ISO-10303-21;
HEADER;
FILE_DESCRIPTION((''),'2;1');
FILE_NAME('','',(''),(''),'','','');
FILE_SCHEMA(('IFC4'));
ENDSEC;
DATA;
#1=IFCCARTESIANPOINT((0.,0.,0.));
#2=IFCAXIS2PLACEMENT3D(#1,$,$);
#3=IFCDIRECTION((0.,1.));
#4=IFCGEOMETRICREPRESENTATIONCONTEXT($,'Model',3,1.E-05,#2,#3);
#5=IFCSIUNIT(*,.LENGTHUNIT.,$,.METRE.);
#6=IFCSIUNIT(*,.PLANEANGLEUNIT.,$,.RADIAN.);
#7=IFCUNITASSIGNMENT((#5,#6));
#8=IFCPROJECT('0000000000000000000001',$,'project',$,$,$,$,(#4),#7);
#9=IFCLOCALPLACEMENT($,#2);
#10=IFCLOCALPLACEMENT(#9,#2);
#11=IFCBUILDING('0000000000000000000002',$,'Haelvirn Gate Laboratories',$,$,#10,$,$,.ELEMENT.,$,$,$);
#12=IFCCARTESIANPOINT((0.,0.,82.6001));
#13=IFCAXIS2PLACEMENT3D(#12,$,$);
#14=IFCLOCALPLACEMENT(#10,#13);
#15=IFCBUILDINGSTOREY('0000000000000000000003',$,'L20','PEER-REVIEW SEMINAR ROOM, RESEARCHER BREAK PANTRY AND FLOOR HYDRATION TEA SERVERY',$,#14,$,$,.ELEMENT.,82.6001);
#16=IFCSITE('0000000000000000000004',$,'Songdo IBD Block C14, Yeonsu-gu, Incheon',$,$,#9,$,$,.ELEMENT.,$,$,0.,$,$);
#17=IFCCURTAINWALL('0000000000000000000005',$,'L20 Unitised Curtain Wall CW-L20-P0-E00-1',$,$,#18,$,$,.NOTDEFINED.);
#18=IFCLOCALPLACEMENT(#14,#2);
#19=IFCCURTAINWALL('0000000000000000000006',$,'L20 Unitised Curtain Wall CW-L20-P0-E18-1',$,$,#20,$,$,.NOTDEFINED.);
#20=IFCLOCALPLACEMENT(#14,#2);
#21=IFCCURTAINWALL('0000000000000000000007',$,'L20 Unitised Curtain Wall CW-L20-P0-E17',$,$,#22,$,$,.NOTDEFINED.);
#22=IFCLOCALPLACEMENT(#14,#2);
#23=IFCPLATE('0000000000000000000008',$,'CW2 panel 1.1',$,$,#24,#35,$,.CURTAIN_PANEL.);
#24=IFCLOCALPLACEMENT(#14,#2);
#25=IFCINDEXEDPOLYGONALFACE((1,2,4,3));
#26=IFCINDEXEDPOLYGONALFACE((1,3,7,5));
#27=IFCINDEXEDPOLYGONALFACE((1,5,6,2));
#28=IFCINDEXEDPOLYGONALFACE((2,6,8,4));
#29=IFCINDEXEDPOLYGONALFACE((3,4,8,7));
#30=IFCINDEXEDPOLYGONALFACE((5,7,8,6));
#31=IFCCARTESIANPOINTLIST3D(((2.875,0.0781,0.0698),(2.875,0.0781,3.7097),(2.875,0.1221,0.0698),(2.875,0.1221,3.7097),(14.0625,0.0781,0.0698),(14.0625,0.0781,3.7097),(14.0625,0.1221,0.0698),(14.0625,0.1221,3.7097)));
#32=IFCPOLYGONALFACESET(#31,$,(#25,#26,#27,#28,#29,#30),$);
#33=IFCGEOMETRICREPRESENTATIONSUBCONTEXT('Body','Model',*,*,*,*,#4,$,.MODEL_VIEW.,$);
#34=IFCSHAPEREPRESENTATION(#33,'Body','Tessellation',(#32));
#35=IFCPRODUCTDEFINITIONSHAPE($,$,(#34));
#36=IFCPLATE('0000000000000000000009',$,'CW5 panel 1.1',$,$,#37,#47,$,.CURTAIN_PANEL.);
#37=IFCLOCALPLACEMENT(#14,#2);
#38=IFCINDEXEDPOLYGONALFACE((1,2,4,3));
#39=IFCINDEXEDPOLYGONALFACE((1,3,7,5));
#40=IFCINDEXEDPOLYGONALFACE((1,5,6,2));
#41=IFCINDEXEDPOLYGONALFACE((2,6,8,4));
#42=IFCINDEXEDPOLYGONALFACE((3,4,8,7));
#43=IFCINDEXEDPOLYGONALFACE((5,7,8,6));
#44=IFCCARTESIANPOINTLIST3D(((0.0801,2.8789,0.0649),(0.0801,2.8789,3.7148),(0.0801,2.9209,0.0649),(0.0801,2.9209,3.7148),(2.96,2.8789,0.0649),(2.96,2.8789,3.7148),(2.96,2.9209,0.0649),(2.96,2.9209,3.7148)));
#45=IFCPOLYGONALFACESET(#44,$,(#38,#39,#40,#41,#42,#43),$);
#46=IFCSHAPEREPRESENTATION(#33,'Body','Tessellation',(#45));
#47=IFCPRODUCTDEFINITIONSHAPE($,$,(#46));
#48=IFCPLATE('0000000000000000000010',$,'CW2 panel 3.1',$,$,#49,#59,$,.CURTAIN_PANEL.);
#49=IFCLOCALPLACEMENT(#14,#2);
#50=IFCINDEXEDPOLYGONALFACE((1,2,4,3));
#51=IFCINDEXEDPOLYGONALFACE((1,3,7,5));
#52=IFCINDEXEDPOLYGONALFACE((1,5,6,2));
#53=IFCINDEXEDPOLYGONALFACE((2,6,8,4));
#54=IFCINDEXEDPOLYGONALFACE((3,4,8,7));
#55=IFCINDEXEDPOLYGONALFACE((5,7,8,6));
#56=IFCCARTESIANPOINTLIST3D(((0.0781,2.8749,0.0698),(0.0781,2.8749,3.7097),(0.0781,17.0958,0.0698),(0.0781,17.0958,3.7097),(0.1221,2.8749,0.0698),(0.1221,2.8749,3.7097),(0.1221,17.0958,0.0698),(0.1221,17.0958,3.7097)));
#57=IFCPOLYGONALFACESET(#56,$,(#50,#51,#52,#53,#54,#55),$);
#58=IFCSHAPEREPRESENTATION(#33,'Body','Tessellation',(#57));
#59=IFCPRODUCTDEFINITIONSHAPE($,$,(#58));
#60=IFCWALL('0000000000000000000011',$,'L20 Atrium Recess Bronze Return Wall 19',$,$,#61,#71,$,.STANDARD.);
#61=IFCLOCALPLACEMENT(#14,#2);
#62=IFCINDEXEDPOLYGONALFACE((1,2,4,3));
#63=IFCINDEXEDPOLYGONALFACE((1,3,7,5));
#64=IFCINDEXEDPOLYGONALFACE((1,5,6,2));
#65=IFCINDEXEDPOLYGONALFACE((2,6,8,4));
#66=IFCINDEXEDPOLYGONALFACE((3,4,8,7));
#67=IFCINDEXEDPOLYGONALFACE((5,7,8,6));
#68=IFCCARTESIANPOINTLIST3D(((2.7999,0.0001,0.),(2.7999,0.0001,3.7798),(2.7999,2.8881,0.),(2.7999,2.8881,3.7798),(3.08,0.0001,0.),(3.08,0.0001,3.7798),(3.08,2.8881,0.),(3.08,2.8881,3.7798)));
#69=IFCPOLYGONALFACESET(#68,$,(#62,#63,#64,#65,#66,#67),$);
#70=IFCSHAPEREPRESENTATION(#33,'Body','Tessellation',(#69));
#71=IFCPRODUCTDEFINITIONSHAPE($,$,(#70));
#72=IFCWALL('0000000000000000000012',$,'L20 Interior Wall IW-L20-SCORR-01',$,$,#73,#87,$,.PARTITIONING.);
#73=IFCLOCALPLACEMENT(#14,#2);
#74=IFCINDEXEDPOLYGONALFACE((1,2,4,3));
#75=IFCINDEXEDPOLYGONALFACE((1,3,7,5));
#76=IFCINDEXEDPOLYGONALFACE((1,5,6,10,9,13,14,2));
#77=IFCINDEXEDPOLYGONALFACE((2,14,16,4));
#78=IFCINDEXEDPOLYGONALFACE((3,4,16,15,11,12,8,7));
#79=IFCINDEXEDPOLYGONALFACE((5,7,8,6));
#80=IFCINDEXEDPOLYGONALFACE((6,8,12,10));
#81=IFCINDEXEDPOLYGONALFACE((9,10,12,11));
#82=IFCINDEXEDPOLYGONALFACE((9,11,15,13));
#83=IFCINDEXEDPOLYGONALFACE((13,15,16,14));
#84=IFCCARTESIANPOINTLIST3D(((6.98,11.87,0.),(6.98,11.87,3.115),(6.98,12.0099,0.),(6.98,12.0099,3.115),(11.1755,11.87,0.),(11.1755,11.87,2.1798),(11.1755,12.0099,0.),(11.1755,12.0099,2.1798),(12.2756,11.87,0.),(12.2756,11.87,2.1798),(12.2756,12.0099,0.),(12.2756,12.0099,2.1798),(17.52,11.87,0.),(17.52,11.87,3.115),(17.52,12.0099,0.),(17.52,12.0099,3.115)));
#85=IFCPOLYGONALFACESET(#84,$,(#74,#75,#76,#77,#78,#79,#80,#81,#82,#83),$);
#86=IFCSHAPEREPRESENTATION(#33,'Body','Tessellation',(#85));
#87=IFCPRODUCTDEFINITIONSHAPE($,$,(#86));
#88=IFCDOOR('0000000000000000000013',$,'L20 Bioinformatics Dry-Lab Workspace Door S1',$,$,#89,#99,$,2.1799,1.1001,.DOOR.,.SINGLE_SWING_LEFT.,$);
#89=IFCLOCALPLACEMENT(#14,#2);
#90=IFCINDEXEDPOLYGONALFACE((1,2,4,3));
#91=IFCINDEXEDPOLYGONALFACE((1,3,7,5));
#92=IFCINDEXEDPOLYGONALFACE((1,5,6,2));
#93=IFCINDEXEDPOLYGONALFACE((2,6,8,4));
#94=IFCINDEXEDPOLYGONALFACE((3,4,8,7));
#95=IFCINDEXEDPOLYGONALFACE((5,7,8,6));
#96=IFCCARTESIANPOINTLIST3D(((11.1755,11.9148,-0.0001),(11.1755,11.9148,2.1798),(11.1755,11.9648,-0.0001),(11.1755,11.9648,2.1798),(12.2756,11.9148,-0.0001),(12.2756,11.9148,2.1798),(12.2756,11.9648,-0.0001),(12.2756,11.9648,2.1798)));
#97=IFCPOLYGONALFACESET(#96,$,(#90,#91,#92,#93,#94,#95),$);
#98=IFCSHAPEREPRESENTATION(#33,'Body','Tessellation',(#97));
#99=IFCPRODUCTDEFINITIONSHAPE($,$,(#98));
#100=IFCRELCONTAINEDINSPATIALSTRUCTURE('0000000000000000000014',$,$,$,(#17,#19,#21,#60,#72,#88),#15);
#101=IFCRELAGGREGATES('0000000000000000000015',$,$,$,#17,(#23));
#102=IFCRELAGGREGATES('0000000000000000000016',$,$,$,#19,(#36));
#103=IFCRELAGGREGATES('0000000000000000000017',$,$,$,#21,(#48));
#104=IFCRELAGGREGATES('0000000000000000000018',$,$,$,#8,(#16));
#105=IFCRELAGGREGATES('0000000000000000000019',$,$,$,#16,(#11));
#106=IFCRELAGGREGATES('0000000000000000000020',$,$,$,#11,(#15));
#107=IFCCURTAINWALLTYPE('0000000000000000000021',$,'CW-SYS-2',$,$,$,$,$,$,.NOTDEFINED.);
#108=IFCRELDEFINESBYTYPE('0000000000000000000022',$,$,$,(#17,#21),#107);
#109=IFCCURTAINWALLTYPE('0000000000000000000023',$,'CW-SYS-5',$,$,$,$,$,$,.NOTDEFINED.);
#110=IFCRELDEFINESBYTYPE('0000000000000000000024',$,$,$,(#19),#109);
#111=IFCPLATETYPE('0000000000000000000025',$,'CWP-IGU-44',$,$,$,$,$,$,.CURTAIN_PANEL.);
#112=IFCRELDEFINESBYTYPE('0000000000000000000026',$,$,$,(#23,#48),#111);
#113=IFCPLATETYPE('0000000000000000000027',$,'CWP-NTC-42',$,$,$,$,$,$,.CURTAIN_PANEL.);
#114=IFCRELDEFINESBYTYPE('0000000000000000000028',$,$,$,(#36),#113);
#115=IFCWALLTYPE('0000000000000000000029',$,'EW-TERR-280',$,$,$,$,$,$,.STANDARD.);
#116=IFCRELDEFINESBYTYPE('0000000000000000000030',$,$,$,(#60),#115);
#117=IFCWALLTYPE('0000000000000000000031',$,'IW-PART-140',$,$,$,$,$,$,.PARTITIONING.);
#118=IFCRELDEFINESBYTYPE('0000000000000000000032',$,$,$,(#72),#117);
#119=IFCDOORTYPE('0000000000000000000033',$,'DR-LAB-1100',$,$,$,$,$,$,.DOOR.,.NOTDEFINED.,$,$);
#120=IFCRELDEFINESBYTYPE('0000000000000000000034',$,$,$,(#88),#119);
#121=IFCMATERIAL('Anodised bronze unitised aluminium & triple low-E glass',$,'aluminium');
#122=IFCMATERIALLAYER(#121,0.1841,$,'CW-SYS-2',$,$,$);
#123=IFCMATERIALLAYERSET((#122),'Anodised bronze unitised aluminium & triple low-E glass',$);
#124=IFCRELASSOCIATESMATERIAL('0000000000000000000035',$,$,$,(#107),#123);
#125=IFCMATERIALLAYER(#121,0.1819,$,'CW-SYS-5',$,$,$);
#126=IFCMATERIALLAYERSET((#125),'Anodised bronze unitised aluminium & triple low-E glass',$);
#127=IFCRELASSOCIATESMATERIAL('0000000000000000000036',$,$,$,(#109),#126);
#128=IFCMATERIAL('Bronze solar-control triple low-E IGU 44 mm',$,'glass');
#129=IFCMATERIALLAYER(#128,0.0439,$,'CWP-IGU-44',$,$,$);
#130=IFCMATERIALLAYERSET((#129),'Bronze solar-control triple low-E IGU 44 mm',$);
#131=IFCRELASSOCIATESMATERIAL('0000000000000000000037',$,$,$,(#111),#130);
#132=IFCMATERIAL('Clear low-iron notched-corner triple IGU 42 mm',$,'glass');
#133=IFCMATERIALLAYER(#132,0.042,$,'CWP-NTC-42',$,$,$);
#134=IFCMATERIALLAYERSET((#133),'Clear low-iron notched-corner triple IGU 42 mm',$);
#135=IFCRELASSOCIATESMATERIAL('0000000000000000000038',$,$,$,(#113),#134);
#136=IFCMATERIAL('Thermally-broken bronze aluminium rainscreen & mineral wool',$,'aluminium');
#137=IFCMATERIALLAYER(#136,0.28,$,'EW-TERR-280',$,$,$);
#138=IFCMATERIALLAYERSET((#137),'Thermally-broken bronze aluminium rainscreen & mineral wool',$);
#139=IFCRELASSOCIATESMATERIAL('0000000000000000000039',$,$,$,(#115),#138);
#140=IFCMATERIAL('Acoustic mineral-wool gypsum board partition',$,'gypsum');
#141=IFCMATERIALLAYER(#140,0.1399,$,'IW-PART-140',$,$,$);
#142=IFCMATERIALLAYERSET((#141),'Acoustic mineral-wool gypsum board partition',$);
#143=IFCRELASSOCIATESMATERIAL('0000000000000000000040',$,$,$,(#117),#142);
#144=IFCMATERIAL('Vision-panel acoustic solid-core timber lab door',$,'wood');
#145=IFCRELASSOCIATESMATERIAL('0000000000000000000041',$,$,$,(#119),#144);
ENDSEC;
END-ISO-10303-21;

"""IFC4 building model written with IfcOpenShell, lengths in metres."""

from ifc_helpers import new_model, si_unit, direction, frame, frame_2d, origin, origin_2d, place, context, subcontext, project, spatial, rectangle, extrude, source, transform, mapped, material, layer, layer_set, type_object, type_shapes, element, fill, aggregate, save


model = new_model("IFC4")

# Units and contexts
model_context = context("Model", 3, precision=1e-05, world=origin(), true_north=direction((0.0, 1.0)))
body_context = subcontext(model_context, "Body", "Model", "MODEL_VIEW")
ifc_project = project(units=[si_unit("LENGTHUNIT", "METRE"), si_unit("PLANEANGLEUNIT", "RADIAN")], contexts=[model_context])

# Site, building, storey
site_placement = place(None, origin())
site = spatial("IfcSite", under=ifc_project, at=site_placement, Name="Songdo IBD Block C14, Yeonsu-gu, Incheon", CompositionType="ELEMENT", RefElevation=0.0)
building_placement = place(site_placement, origin())
building = spatial("IfcBuilding", under=site, at=building_placement, Name="Haelvirn Gate Laboratories", CompositionType="ELEMENT")
storey_placement = place(building_placement, frame((0.0, 0.0, 82.6001)))
storey = spatial("IfcBuildingStorey", under=building, at=storey_placement, Name="L20", Description="PEER-REVIEW SEMINAR ROOM, RESEARCHER BREAK PANTRY AND FLOOR HYDRATION TEA SERVERY", CompositionType="ELEMENT", Elevation=82.6001)

# Curtain walls
ifc_material_1 = material(Name="Anodised bronze unitised aluminium & triple low-E glass", Category="aluminium")
ifc_layer_1 = layer(ifc_material_1, 0.1841, Name="CW-SYS-2")
ifc_layer_set_1 = layer_set([ifc_layer_1], Name="Anodised bronze unitised aluminium & triple low-E glass")
curtain_wall_type_1 = type_object("IfcCurtainWallType", Name="CW-SYS-2", PredefinedType="NOTDEFINED", material=ifc_layer_set_1)
curtain_wall_1_placement = place(storey_placement, origin())
curtain_wall_1 = element("IfcCurtainWall", 1, at=curtain_wall_1_placement, inside=storey, type_object=curtain_wall_type_1, Name="L20 Unitised Curtain Wall CW-L20-P0-E00-1", PredefinedType="NOTDEFINED")
ifc_layer_2 = layer(ifc_material_1, 0.1819, Name="CW-SYS-5")
ifc_layer_set_2 = layer_set([ifc_layer_2], Name="Anodised bronze unitised aluminium & triple low-E glass")
curtain_wall_type_2 = type_object("IfcCurtainWallType", Name="CW-SYS-5", PredefinedType="NOTDEFINED", material=ifc_layer_set_2)
curtain_wall_2_placement = place(storey_placement, origin())
curtain_wall_2 = element("IfcCurtainWall", 2, at=curtain_wall_2_placement, inside=storey, type_object=curtain_wall_type_2, Name="L20 Unitised Curtain Wall CW-L20-P0-E18-1", PredefinedType="NOTDEFINED")

# Curtain wall
curtain_wall_3_placement = place(storey_placement, origin())
curtain_wall_3 = element("IfcCurtainWall", 3, at=curtain_wall_3_placement, inside=storey, type_object=curtain_wall_type_1, Name="L20 Unitised Curtain Wall CW-L20-P0-E17", PredefinedType="NOTDEFINED")

# Plates
ifc_material_2 = material(Name="Bronze solar-control triple low-E IGU 44 mm", Category="glass")
ifc_layer_3 = layer(ifc_material_2, 0.0439, Name="CWP-IGU-44")
ifc_layer_set_3 = layer_set([ifc_layer_3], Name="Bronze solar-control triple low-E IGU 44 mm")
plate_type_1 = type_object("IfcPlateType", Name="CWP-IGU-44", PredefinedType="CURTAIN_PANEL", material=ifc_layer_set_3)
shared_shape_1 = source(origin(), body_context, "Body", "SweptSolid", [
    extrude(rectangle(XDim=11.1875, YDim=0.0439, at=origin_2d()), origin(), (0.0, 0.0, 1.0), 3.6399),
])
plate_1_placement = place(storey_placement, frame((8.4688, 0.1001, 0.0698), z_axis=(0.0, 0.0, 1.0), x_axis=(1.0, 0.0, 0.0)))
plate_1 = element("IfcPlate", 4, at=plate_1_placement, type_object=plate_type_1, Name="CW2 panel 1.1", PredefinedType="CURTAIN_PANEL", context=body_context, shape_type="MappedRepresentation", body=[
    mapped(shared_shape_1, transform((0.0, 0.0, 0.0), scale=1.0)),
])
aggregate(curtain_wall_1, [plate_1])
ifc_material_3 = material(Name="Clear low-iron notched-corner triple IGU 42 mm", Category="glass")
ifc_layer_4 = layer(ifc_material_3, 0.042, Name="CWP-NTC-42")
ifc_layer_set_4 = layer_set([ifc_layer_4], Name="Clear low-iron notched-corner triple IGU 42 mm")
plate_type_2 = type_object("IfcPlateType", Name="CWP-NTC-42", PredefinedType="CURTAIN_PANEL", material=ifc_layer_set_4)
shared_shape_2 = source(origin(), body_context, "Body", "SweptSolid", [
    extrude(rectangle(XDim=2.8799, YDim=0.042, at=origin_2d()), origin(), (0.0, 0.0, 1.0), 3.6499),
])
type_shapes(plate_type_2, [shared_shape_2])
plate_2_placement = place(storey_placement, frame((1.52, 2.8999, 0.0649), z_axis=(0.0, 0.0, 1.0), x_axis=(1.0, 0.0, 0.0)))
plate_2 = element("IfcPlate", 5, at=plate_2_placement, type_object=plate_type_2, Name="CW5 panel 1.1", PredefinedType="CURTAIN_PANEL", context=body_context, shape_type="MappedRepresentation", body=[
    mapped(shared_shape_2, transform((0.0, 0.0, 0.0), scale=1.0)),
])
aggregate(curtain_wall_2, [plate_2])
shared_shape_3 = source(origin(), body_context, "Body", "SweptSolid", [
    extrude(rectangle(XDim=14.2209, YDim=0.0439, at=origin_2d()), origin(), (0.0, 0.0, 1.0), 3.6399),
])
type_shapes(plate_type_1, [shared_shape_1, shared_shape_3])
plate_3_placement = place(storey_placement, frame((0.1001, 9.9854, 0.0698), z_axis=(0.0, 0.0, 1.0), x_axis=(0.0, -1.0, 0.0)))
plate_3 = element("IfcPlate", 6, at=plate_3_placement, type_object=plate_type_1, Name="CW2 panel 3.1", PredefinedType="CURTAIN_PANEL", context=body_context, shape_type="MappedRepresentation", body=[
    mapped(shared_shape_3, transform((0.0, 0.0, 0.0), scale=1.0)),
])
aggregate(curtain_wall_3, [plate_3])

# Wall
ifc_material_4 = material(Name="Thermally-broken bronze aluminium rainscreen & mineral wool", Category="aluminium")
ifc_layer_5 = layer(ifc_material_4, 0.28, Name="EW-TERR-280")
ifc_layer_set_5 = layer_set([ifc_layer_5], Name="Thermally-broken bronze aluminium rainscreen & mineral wool")
wall_type_1 = type_object("IfcWallType", Name="EW-TERR-280", PredefinedType="STANDARD", material=ifc_layer_set_5)
wall_1_placement = place(storey_placement, frame((2.9399, 2.8879, 0.0), z_axis=(0.0, 0.0, 1.0), x_axis=(0.0, -1.0, 0.0)))
element("IfcWall", 7, at=wall_1_placement, inside=storey, type_object=wall_type_1, Name="L20 Atrium Recess Bronze Return Wall 19", PredefinedType="STANDARD", context=body_context, shape_type="SweptSolid", body=[
    extrude(rectangle(XDim=2.8879, YDim=0.28, at=frame_2d((1.4438, 0.0))), origin(), (0.0, 0.0, 1.0), 3.7798),
])

# Wall, opening, door
ifc_material_5 = material(Name="Acoustic mineral-wool gypsum board partition", Category="gypsum")
ifc_layer_6 = layer(ifc_material_5, 0.1399, Name="IW-PART-140")
ifc_layer_set_6 = layer_set([ifc_layer_6], Name="Acoustic mineral-wool gypsum board partition")
wall_type_2 = type_object("IfcWallType", Name="IW-PART-140", PredefinedType="PARTITIONING", material=ifc_layer_set_6)
wall_2_placement = place(storey_placement, frame((6.98, 11.9399, 0.0), z_axis=(0.0, 0.0, 1.0), x_axis=(1.0, 0.0, 0.0)))
wall_2 = element("IfcWall", 8, at=wall_2_placement, inside=storey, type_object=wall_type_2, Name="L20 Interior Wall IW-L20-SCORR-01", PredefinedType="PARTITIONING", context=body_context, shape_type="SweptSolid", body=[
    extrude(rectangle(XDim=10.54, YDim=0.1399, at=frame_2d((5.27, 0.0))), origin(), (0.0, 0.0, 1.0), 3.115),
])
opening_placement = place(wall_2_placement, frame((4.1956, 0.0, 0.0)))
opening = element("IfcOpeningElement", 9, at=opening_placement, cuts=wall_2, PredefinedType="OPENING", context=body_context, shape_type="SweptSolid", body=[
    extrude(rectangle(XDim=1.1001, YDim=2.1799, at=frame_2d((0.55, 1.0898))), frame((0.0, 0.0801, 0.0), z_axis=(0.0, -1.0, 0.0), x_axis=(1.0, 0.0, 0.0)), (0.0, 0.0, 1.0), 0.1599),
])
ifc_material_6 = material(Name="Vision-panel acoustic solid-core timber lab door", Category="wood")
door_type = type_object("IfcDoorType", Name="DR-LAB-1100", OperationType="NOTDEFINED", PredefinedType="DOOR", material=ifc_material_6)
shared_shape_4 = source(origin(), body_context, "Body", "SweptSolid", [
    extrude(rectangle(XDim=1.1001, YDim=2.1799, at=frame_2d((0.55, 1.0898))), frame((0.0, 0.0249, 0.0), z_axis=(0.0, -1.0, 0.0), x_axis=(1.0, 0.0, 0.0)), (0.0, 0.0, 1.0), 0.05),
])
type_shapes(door_type, [shared_shape_4])
door_placement = place(opening_placement, origin())
door = element("IfcDoor", 10, at=door_placement, inside=storey, type_object=door_type, Name="L20 Bioinformatics Dry-Lab Workspace Door S1", OperationType="SINGLE_SWING_LEFT", OverallHeight=2.1799, OverallWidth=1.1001, PredefinedType="DOOR", context=body_context, shape_type="MappedRepresentation", body=[
    mapped(shared_shape_4, transform((0.0, 0.0, 0.0), scale=1.0)),
])
fill(opening, door)

save(model, "model.ifc")
